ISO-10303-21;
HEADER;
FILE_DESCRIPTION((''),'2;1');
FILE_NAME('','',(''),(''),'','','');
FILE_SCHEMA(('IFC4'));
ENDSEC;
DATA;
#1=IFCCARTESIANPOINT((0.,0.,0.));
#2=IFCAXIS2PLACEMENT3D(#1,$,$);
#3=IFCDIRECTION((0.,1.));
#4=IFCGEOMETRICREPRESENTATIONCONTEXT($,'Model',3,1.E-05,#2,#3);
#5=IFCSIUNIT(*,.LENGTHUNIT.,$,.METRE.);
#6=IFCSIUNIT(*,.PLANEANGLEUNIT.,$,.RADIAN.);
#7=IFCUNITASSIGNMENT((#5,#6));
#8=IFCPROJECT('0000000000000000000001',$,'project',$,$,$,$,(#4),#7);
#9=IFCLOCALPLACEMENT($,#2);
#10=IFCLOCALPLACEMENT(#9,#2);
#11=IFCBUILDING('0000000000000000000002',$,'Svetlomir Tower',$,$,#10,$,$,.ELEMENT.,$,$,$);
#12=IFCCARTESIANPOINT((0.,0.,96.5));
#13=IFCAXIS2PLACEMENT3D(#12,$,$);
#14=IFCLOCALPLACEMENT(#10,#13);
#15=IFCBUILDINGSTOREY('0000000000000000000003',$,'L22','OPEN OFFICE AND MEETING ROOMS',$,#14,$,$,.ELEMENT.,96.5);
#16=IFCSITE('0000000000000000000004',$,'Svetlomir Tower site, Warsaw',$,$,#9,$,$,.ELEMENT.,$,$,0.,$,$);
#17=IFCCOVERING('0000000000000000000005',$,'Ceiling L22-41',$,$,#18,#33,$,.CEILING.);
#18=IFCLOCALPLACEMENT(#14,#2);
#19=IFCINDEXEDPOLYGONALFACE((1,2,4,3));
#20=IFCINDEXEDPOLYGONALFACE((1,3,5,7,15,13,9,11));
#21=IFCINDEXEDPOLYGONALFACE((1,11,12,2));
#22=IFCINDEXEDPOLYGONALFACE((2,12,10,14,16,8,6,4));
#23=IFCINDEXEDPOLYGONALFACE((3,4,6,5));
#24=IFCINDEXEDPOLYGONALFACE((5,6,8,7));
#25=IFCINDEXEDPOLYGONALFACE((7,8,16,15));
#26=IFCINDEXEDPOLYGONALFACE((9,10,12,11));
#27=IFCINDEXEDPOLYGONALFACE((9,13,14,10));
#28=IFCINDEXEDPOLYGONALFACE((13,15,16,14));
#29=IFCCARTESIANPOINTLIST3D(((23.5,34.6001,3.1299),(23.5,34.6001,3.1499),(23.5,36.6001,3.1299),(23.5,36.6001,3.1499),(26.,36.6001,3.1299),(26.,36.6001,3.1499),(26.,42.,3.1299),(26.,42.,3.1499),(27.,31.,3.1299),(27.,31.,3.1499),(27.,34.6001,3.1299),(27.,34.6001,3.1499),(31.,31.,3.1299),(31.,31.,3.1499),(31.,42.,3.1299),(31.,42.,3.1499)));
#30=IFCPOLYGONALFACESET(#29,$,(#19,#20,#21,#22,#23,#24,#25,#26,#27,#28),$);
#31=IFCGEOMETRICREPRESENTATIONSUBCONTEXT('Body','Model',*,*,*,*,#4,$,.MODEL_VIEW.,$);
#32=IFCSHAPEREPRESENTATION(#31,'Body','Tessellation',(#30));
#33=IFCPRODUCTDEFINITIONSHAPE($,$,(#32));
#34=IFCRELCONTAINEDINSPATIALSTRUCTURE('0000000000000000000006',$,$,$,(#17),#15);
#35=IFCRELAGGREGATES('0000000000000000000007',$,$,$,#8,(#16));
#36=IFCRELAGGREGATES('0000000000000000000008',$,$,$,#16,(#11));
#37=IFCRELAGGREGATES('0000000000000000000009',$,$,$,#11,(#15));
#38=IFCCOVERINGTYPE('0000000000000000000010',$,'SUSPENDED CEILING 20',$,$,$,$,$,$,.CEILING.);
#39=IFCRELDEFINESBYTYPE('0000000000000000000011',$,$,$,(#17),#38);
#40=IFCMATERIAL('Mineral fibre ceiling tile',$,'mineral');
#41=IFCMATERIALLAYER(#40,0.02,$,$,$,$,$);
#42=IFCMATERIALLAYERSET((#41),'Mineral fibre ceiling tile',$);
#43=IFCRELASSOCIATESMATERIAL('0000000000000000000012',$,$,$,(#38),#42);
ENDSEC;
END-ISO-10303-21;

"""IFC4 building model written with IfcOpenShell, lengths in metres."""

from ifc_helpers import new_model, si_unit, direction, frame, origin, place, context, subcontext, project, spatial, polyline, outline, extrude, material, layer, layer_set, type_object, element, save


model = new_model("IFC4")

# Units and contexts
model_context = context("Model", 3, precision=1e-05, world=origin(), true_north=direction((0.0, 1.0)))
body_context = subcontext(model_context, "Body", "Model", "MODEL_VIEW")
ifc_project = project(units=[si_unit("LENGTHUNIT", "METRE"), si_unit("PLANEANGLEUNIT", "RADIAN")], contexts=[model_context])

# Site, building, storey
site_placement = place(None, origin())
site = spatial("IfcSite", under=ifc_project, at=site_placement, Name="Svetlomir Tower site, Warsaw", CompositionType="ELEMENT", RefElevation=0.0)
building_placement = place(site_placement, origin())
building = spatial("IfcBuilding", under=site, at=building_placement, Name="Svetlomir Tower", CompositionType="ELEMENT")
storey_placement = place(building_placement, frame((0.0, 0.0, 96.5)))
storey = spatial("IfcBuildingStorey", under=building, at=storey_placement, Name="L22", Description="OPEN OFFICE AND MEETING ROOMS", CompositionType="ELEMENT", Elevation=96.5)

# Covering
ifc_material_1 = material(Name="Mineral fibre ceiling tile", Category="mineral")
ifc_layer_1 = layer(ifc_material_1, 0.02)
ifc_layer_set_1 = layer_set([ifc_layer_1], Name="Mineral fibre ceiling tile")
covering_type_1 = type_object("IfcCoveringType", Name="SUSPENDED CEILING 20", PredefinedType="CEILING", material=ifc_layer_set_1)
covering_1_placement = place(storey_placement, frame((0.0, 0.0, 3.1299)))
element("IfcCovering", 1, at=covering_1_placement, inside=storey, type_object=covering_type_1, Name="Ceiling L22-41", PredefinedType="CEILING", context=body_context, shape_type="SweptSolid", body=[
    extrude(outline(polyline([(27.0, 31.0), (27.0, 34.6001), (23.5, 34.6001), (23.5, 36.6001), (26.0, 36.6001), (26.0, 42.0), (31.0, 42.0), (31.0, 31.0), (27.0, 31.0)])), origin(), (0.0, 0.0, 1.0), 0.02),
])

save(model, "model.ifc")
